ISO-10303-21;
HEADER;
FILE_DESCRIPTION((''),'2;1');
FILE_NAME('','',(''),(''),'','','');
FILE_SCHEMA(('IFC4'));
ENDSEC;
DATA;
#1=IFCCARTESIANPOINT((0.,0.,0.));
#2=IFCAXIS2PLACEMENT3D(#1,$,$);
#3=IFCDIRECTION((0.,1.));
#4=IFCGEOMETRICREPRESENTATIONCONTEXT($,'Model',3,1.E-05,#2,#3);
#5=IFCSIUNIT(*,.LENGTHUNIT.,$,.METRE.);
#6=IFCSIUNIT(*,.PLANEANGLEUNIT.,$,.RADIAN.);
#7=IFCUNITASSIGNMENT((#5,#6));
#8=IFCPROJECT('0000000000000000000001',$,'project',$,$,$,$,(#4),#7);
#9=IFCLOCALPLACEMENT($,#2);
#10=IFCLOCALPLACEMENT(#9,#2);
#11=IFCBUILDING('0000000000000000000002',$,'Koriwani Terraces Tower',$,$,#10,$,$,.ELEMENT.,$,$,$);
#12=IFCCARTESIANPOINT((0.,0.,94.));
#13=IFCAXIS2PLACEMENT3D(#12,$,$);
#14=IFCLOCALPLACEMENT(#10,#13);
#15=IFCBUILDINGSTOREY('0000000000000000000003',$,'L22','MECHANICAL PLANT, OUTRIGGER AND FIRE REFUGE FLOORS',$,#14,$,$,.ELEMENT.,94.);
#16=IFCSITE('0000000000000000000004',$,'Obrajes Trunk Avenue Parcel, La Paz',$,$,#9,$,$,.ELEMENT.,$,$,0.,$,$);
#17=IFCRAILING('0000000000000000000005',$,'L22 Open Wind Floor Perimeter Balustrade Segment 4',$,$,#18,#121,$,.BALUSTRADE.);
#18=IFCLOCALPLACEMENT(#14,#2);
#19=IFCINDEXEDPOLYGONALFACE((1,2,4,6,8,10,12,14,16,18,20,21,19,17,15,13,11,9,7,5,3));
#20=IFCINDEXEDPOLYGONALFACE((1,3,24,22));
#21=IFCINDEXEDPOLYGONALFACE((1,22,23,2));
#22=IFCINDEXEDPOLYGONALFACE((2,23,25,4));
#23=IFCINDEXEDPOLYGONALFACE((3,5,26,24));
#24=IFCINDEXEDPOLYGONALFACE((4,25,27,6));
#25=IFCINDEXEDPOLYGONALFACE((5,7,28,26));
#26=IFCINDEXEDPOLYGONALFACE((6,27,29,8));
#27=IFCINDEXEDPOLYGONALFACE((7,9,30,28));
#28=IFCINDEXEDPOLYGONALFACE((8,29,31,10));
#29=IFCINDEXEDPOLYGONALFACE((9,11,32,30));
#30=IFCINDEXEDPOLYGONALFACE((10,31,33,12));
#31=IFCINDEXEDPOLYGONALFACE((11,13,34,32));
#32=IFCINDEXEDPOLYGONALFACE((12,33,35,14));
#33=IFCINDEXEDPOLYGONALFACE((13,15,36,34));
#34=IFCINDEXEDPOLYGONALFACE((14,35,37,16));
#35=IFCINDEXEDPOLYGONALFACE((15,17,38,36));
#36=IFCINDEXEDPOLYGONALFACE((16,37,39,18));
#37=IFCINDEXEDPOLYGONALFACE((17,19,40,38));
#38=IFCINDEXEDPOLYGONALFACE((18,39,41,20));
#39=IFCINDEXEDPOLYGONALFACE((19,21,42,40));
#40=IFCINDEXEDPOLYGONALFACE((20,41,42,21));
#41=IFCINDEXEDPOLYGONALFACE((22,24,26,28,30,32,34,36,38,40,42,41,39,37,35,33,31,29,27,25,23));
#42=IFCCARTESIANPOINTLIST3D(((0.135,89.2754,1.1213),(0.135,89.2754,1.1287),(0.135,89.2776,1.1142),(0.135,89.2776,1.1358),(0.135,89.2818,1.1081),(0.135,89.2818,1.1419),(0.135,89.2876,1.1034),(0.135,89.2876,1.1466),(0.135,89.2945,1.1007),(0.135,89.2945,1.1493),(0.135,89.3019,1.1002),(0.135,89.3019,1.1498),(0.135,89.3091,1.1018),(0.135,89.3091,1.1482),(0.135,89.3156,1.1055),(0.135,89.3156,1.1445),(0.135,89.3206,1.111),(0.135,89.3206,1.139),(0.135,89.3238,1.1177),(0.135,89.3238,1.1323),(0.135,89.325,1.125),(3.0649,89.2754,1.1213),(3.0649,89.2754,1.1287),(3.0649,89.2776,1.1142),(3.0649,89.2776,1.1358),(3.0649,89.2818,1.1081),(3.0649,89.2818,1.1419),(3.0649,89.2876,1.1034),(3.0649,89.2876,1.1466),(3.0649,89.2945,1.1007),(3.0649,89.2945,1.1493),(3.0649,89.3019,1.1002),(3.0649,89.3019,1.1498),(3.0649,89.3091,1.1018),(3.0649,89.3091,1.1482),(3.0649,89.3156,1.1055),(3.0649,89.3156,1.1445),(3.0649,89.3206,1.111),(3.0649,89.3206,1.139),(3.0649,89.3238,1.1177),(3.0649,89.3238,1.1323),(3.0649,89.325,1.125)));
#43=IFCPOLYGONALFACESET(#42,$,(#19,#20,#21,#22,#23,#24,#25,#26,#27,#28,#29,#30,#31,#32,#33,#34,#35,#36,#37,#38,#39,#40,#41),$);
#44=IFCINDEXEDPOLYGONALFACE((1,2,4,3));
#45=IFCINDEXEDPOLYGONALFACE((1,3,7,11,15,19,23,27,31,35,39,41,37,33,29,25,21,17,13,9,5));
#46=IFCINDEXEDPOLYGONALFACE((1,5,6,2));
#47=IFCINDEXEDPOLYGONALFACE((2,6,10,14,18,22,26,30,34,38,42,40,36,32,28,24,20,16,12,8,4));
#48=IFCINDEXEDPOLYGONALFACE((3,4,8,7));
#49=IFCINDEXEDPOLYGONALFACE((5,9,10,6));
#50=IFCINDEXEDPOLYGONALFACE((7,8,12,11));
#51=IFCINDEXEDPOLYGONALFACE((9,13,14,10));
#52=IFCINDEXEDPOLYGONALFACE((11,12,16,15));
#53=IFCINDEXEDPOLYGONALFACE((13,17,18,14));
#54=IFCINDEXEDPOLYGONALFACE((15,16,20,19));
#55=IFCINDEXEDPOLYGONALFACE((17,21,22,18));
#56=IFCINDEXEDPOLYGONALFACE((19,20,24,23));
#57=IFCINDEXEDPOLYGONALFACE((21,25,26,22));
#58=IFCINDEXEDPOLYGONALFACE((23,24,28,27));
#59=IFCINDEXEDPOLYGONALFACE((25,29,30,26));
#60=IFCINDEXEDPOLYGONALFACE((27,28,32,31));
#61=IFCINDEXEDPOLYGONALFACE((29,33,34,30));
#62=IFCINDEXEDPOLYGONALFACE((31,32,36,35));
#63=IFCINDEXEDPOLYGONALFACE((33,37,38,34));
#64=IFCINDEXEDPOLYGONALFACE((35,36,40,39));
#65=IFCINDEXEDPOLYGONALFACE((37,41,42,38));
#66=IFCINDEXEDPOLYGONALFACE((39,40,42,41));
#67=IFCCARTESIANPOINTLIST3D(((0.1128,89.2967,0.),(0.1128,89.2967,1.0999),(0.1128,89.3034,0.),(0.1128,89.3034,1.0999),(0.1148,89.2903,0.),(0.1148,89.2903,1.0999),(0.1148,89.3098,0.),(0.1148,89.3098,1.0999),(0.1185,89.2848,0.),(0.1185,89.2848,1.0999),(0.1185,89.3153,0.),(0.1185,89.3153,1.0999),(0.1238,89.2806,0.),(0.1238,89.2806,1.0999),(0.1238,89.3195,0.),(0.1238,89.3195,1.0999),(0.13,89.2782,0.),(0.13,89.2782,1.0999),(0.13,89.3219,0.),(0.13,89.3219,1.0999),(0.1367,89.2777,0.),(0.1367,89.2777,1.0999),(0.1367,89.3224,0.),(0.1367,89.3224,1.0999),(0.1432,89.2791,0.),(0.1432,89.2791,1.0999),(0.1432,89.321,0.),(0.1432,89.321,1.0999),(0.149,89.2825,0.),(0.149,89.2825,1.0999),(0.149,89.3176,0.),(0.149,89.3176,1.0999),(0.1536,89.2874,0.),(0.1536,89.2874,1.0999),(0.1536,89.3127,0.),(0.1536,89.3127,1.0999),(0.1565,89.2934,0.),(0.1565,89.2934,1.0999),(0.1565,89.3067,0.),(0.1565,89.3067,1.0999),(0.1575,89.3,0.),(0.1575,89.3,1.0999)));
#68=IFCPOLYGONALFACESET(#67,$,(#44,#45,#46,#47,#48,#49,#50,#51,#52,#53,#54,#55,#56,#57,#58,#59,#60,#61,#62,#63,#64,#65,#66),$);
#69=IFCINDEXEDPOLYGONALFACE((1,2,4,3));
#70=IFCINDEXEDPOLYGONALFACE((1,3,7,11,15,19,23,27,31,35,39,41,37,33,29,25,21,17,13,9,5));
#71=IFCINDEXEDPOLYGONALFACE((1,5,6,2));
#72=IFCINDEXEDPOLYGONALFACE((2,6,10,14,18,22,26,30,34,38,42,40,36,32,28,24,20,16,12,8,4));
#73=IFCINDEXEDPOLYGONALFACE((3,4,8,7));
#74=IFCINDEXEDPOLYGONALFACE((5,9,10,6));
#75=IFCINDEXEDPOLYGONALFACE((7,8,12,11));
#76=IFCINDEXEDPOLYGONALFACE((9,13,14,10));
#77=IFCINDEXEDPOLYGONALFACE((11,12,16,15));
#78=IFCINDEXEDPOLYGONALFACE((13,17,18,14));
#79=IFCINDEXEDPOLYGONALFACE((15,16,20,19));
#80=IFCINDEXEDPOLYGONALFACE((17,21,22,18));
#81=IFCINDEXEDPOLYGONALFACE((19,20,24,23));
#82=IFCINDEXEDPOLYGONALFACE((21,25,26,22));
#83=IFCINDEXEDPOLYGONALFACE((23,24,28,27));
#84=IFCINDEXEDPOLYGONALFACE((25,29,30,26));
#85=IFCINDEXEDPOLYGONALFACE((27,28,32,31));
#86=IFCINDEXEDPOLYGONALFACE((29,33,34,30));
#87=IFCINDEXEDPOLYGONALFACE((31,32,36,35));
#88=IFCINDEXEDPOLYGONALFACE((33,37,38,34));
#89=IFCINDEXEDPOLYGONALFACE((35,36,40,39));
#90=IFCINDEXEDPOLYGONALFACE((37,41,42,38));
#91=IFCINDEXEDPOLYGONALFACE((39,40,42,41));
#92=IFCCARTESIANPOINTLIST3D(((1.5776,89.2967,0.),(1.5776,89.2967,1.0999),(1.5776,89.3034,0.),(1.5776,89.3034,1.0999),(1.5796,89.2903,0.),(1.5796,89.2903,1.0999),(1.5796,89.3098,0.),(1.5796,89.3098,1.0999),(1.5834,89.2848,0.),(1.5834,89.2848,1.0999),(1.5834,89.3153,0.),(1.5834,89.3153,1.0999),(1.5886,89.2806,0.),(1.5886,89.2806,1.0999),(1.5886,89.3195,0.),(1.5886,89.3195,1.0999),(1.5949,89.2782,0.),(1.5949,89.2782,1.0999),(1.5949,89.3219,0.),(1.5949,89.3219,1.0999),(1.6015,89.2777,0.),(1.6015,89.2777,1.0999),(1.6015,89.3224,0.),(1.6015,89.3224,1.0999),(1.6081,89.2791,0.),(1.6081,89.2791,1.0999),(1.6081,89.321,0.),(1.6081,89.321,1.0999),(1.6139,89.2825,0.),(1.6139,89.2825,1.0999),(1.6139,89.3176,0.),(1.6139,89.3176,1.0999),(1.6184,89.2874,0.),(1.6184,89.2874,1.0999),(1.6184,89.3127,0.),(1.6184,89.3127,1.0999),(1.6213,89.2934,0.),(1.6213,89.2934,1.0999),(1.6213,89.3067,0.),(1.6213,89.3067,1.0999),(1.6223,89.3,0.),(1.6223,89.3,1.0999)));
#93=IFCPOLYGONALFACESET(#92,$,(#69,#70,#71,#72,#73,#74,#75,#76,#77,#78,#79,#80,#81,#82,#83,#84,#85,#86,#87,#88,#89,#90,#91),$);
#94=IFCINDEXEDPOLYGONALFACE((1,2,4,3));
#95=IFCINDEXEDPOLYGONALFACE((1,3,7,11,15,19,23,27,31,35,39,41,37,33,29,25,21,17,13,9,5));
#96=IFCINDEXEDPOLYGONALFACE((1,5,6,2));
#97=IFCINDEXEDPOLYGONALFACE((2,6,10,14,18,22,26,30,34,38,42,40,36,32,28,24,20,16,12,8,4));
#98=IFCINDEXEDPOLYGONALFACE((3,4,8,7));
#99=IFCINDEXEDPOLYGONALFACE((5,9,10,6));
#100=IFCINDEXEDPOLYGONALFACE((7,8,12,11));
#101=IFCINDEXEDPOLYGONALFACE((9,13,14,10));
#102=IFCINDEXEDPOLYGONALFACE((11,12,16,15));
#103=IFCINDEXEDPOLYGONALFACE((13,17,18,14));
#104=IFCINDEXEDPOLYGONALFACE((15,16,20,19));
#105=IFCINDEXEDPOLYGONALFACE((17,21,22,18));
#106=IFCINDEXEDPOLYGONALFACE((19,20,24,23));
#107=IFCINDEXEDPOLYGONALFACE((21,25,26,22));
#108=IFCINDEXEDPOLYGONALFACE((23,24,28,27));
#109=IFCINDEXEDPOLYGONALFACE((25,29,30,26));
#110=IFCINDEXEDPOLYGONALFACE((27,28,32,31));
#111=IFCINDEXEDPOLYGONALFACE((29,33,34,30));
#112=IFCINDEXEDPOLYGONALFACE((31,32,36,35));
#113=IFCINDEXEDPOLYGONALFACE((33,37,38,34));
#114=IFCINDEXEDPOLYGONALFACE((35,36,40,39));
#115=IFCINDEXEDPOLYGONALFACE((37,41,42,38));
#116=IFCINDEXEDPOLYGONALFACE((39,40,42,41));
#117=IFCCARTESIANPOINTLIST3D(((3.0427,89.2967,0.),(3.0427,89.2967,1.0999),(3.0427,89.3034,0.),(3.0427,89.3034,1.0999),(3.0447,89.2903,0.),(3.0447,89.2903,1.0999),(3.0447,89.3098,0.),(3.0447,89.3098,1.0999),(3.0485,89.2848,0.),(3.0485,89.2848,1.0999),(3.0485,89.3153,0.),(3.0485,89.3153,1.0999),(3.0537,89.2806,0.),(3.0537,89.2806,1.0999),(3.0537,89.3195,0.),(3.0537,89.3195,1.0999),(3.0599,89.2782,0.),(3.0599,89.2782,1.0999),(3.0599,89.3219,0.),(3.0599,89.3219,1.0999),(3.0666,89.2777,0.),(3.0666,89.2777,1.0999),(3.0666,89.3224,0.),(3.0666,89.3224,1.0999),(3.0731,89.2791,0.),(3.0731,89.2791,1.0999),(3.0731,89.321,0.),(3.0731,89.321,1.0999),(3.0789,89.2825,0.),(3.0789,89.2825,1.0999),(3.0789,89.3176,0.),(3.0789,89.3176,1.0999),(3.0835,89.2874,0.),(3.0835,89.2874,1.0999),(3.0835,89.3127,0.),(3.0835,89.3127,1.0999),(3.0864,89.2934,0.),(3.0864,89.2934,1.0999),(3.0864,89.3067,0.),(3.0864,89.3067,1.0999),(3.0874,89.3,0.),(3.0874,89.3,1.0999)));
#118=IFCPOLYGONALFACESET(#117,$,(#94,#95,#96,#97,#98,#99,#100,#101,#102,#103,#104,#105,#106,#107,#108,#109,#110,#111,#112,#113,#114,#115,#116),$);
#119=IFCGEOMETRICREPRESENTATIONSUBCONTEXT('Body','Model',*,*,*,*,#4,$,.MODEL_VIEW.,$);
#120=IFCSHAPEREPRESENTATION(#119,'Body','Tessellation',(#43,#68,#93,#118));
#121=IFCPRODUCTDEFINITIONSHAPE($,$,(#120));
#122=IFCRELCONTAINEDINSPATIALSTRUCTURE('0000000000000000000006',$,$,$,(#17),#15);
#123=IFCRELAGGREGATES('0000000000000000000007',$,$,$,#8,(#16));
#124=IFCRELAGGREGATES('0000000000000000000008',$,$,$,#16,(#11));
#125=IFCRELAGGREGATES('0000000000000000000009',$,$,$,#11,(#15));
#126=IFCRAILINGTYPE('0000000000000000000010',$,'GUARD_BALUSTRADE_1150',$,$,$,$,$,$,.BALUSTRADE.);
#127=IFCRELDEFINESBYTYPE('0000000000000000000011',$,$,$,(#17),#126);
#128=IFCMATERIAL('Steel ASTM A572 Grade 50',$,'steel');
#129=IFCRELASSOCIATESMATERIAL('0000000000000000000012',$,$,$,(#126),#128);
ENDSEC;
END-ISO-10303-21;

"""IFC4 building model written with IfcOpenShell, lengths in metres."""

from ifc_helpers import new_model, si_unit, direction, frame, origin, origin_2d, place, context, subcontext, project, spatial, circle, extrude, material, type_object, element, save


model = new_model("IFC4")

# Units and contexts
model_context = context("Model", 3, precision=1e-05, world=origin(), true_north=direction((0.0, 1.0)))
body_context = subcontext(model_context, "Body", "Model", "MODEL_VIEW")
ifc_project = project(units=[si_unit("LENGTHUNIT", "METRE"), si_unit("PLANEANGLEUNIT", "RADIAN")], contexts=[model_context])

# Site, building, storey
site_placement = place(None, origin())
site = spatial("IfcSite", under=ifc_project, at=site_placement, Name="Obrajes Trunk Avenue Parcel, La Paz", CompositionType="ELEMENT", RefElevation=0.0)
building_placement = place(site_placement, origin())
building = spatial("IfcBuilding", under=site, at=building_placement, Name="Koriwani Terraces Tower", CompositionType="ELEMENT")
storey_placement = place(building_placement, frame((0.0, 0.0, 94.0)))
storey = spatial("IfcBuildingStorey", under=building, at=storey_placement, Name="L22", Description="MECHANICAL PLANT, OUTRIGGER AND FIRE REFUGE FLOORS", CompositionType="ELEMENT", Elevation=94.0)

# Shared definitions
ifc_material_1 = material(Name="Steel ASTM A572 Grade 50", Category="steel")

# Railing
railing_type = type_object("IfcRailingType", Name="GUARD_BALUSTRADE_1150", PredefinedType="BALUSTRADE", material=ifc_material_1)
railing_1_placement = place(storey_placement, frame((0.135, 89.3, 0.0)))
element("IfcRailing", 1, at=railing_1_placement, inside=storey, type_object=railing_type, Name="L22 Open Wind Floor Perimeter Balustrade Segment 4", PredefinedType="BALUSTRADE", context=body_context, shape_type="SweptSolid", body=[
    extrude(circle(Radius=0.0249, at=origin_2d()), frame((0.0, 0.0, 1.125), z_axis=(1.0, 0.0, 0.0), x_axis=(0.0, 1.0, 0.0)), (0.0, 0.0, 1.0), 2.9299),
    extrude(circle(Radius=0.0225, at=origin_2d()), origin(), (0.0, 0.0, 1.0), 1.0999),
    extrude(circle(Radius=0.0225, at=origin_2d()), frame((1.4648, 0.0, 0.0)), (0.0, 0.0, 1.0), 1.0999),
    extrude(circle(Radius=0.0225, at=origin_2d()), frame((2.9299, 0.0, 0.0)), (0.0, 0.0, 1.0), 1.0999),
])

save(model, "model.ifc")
